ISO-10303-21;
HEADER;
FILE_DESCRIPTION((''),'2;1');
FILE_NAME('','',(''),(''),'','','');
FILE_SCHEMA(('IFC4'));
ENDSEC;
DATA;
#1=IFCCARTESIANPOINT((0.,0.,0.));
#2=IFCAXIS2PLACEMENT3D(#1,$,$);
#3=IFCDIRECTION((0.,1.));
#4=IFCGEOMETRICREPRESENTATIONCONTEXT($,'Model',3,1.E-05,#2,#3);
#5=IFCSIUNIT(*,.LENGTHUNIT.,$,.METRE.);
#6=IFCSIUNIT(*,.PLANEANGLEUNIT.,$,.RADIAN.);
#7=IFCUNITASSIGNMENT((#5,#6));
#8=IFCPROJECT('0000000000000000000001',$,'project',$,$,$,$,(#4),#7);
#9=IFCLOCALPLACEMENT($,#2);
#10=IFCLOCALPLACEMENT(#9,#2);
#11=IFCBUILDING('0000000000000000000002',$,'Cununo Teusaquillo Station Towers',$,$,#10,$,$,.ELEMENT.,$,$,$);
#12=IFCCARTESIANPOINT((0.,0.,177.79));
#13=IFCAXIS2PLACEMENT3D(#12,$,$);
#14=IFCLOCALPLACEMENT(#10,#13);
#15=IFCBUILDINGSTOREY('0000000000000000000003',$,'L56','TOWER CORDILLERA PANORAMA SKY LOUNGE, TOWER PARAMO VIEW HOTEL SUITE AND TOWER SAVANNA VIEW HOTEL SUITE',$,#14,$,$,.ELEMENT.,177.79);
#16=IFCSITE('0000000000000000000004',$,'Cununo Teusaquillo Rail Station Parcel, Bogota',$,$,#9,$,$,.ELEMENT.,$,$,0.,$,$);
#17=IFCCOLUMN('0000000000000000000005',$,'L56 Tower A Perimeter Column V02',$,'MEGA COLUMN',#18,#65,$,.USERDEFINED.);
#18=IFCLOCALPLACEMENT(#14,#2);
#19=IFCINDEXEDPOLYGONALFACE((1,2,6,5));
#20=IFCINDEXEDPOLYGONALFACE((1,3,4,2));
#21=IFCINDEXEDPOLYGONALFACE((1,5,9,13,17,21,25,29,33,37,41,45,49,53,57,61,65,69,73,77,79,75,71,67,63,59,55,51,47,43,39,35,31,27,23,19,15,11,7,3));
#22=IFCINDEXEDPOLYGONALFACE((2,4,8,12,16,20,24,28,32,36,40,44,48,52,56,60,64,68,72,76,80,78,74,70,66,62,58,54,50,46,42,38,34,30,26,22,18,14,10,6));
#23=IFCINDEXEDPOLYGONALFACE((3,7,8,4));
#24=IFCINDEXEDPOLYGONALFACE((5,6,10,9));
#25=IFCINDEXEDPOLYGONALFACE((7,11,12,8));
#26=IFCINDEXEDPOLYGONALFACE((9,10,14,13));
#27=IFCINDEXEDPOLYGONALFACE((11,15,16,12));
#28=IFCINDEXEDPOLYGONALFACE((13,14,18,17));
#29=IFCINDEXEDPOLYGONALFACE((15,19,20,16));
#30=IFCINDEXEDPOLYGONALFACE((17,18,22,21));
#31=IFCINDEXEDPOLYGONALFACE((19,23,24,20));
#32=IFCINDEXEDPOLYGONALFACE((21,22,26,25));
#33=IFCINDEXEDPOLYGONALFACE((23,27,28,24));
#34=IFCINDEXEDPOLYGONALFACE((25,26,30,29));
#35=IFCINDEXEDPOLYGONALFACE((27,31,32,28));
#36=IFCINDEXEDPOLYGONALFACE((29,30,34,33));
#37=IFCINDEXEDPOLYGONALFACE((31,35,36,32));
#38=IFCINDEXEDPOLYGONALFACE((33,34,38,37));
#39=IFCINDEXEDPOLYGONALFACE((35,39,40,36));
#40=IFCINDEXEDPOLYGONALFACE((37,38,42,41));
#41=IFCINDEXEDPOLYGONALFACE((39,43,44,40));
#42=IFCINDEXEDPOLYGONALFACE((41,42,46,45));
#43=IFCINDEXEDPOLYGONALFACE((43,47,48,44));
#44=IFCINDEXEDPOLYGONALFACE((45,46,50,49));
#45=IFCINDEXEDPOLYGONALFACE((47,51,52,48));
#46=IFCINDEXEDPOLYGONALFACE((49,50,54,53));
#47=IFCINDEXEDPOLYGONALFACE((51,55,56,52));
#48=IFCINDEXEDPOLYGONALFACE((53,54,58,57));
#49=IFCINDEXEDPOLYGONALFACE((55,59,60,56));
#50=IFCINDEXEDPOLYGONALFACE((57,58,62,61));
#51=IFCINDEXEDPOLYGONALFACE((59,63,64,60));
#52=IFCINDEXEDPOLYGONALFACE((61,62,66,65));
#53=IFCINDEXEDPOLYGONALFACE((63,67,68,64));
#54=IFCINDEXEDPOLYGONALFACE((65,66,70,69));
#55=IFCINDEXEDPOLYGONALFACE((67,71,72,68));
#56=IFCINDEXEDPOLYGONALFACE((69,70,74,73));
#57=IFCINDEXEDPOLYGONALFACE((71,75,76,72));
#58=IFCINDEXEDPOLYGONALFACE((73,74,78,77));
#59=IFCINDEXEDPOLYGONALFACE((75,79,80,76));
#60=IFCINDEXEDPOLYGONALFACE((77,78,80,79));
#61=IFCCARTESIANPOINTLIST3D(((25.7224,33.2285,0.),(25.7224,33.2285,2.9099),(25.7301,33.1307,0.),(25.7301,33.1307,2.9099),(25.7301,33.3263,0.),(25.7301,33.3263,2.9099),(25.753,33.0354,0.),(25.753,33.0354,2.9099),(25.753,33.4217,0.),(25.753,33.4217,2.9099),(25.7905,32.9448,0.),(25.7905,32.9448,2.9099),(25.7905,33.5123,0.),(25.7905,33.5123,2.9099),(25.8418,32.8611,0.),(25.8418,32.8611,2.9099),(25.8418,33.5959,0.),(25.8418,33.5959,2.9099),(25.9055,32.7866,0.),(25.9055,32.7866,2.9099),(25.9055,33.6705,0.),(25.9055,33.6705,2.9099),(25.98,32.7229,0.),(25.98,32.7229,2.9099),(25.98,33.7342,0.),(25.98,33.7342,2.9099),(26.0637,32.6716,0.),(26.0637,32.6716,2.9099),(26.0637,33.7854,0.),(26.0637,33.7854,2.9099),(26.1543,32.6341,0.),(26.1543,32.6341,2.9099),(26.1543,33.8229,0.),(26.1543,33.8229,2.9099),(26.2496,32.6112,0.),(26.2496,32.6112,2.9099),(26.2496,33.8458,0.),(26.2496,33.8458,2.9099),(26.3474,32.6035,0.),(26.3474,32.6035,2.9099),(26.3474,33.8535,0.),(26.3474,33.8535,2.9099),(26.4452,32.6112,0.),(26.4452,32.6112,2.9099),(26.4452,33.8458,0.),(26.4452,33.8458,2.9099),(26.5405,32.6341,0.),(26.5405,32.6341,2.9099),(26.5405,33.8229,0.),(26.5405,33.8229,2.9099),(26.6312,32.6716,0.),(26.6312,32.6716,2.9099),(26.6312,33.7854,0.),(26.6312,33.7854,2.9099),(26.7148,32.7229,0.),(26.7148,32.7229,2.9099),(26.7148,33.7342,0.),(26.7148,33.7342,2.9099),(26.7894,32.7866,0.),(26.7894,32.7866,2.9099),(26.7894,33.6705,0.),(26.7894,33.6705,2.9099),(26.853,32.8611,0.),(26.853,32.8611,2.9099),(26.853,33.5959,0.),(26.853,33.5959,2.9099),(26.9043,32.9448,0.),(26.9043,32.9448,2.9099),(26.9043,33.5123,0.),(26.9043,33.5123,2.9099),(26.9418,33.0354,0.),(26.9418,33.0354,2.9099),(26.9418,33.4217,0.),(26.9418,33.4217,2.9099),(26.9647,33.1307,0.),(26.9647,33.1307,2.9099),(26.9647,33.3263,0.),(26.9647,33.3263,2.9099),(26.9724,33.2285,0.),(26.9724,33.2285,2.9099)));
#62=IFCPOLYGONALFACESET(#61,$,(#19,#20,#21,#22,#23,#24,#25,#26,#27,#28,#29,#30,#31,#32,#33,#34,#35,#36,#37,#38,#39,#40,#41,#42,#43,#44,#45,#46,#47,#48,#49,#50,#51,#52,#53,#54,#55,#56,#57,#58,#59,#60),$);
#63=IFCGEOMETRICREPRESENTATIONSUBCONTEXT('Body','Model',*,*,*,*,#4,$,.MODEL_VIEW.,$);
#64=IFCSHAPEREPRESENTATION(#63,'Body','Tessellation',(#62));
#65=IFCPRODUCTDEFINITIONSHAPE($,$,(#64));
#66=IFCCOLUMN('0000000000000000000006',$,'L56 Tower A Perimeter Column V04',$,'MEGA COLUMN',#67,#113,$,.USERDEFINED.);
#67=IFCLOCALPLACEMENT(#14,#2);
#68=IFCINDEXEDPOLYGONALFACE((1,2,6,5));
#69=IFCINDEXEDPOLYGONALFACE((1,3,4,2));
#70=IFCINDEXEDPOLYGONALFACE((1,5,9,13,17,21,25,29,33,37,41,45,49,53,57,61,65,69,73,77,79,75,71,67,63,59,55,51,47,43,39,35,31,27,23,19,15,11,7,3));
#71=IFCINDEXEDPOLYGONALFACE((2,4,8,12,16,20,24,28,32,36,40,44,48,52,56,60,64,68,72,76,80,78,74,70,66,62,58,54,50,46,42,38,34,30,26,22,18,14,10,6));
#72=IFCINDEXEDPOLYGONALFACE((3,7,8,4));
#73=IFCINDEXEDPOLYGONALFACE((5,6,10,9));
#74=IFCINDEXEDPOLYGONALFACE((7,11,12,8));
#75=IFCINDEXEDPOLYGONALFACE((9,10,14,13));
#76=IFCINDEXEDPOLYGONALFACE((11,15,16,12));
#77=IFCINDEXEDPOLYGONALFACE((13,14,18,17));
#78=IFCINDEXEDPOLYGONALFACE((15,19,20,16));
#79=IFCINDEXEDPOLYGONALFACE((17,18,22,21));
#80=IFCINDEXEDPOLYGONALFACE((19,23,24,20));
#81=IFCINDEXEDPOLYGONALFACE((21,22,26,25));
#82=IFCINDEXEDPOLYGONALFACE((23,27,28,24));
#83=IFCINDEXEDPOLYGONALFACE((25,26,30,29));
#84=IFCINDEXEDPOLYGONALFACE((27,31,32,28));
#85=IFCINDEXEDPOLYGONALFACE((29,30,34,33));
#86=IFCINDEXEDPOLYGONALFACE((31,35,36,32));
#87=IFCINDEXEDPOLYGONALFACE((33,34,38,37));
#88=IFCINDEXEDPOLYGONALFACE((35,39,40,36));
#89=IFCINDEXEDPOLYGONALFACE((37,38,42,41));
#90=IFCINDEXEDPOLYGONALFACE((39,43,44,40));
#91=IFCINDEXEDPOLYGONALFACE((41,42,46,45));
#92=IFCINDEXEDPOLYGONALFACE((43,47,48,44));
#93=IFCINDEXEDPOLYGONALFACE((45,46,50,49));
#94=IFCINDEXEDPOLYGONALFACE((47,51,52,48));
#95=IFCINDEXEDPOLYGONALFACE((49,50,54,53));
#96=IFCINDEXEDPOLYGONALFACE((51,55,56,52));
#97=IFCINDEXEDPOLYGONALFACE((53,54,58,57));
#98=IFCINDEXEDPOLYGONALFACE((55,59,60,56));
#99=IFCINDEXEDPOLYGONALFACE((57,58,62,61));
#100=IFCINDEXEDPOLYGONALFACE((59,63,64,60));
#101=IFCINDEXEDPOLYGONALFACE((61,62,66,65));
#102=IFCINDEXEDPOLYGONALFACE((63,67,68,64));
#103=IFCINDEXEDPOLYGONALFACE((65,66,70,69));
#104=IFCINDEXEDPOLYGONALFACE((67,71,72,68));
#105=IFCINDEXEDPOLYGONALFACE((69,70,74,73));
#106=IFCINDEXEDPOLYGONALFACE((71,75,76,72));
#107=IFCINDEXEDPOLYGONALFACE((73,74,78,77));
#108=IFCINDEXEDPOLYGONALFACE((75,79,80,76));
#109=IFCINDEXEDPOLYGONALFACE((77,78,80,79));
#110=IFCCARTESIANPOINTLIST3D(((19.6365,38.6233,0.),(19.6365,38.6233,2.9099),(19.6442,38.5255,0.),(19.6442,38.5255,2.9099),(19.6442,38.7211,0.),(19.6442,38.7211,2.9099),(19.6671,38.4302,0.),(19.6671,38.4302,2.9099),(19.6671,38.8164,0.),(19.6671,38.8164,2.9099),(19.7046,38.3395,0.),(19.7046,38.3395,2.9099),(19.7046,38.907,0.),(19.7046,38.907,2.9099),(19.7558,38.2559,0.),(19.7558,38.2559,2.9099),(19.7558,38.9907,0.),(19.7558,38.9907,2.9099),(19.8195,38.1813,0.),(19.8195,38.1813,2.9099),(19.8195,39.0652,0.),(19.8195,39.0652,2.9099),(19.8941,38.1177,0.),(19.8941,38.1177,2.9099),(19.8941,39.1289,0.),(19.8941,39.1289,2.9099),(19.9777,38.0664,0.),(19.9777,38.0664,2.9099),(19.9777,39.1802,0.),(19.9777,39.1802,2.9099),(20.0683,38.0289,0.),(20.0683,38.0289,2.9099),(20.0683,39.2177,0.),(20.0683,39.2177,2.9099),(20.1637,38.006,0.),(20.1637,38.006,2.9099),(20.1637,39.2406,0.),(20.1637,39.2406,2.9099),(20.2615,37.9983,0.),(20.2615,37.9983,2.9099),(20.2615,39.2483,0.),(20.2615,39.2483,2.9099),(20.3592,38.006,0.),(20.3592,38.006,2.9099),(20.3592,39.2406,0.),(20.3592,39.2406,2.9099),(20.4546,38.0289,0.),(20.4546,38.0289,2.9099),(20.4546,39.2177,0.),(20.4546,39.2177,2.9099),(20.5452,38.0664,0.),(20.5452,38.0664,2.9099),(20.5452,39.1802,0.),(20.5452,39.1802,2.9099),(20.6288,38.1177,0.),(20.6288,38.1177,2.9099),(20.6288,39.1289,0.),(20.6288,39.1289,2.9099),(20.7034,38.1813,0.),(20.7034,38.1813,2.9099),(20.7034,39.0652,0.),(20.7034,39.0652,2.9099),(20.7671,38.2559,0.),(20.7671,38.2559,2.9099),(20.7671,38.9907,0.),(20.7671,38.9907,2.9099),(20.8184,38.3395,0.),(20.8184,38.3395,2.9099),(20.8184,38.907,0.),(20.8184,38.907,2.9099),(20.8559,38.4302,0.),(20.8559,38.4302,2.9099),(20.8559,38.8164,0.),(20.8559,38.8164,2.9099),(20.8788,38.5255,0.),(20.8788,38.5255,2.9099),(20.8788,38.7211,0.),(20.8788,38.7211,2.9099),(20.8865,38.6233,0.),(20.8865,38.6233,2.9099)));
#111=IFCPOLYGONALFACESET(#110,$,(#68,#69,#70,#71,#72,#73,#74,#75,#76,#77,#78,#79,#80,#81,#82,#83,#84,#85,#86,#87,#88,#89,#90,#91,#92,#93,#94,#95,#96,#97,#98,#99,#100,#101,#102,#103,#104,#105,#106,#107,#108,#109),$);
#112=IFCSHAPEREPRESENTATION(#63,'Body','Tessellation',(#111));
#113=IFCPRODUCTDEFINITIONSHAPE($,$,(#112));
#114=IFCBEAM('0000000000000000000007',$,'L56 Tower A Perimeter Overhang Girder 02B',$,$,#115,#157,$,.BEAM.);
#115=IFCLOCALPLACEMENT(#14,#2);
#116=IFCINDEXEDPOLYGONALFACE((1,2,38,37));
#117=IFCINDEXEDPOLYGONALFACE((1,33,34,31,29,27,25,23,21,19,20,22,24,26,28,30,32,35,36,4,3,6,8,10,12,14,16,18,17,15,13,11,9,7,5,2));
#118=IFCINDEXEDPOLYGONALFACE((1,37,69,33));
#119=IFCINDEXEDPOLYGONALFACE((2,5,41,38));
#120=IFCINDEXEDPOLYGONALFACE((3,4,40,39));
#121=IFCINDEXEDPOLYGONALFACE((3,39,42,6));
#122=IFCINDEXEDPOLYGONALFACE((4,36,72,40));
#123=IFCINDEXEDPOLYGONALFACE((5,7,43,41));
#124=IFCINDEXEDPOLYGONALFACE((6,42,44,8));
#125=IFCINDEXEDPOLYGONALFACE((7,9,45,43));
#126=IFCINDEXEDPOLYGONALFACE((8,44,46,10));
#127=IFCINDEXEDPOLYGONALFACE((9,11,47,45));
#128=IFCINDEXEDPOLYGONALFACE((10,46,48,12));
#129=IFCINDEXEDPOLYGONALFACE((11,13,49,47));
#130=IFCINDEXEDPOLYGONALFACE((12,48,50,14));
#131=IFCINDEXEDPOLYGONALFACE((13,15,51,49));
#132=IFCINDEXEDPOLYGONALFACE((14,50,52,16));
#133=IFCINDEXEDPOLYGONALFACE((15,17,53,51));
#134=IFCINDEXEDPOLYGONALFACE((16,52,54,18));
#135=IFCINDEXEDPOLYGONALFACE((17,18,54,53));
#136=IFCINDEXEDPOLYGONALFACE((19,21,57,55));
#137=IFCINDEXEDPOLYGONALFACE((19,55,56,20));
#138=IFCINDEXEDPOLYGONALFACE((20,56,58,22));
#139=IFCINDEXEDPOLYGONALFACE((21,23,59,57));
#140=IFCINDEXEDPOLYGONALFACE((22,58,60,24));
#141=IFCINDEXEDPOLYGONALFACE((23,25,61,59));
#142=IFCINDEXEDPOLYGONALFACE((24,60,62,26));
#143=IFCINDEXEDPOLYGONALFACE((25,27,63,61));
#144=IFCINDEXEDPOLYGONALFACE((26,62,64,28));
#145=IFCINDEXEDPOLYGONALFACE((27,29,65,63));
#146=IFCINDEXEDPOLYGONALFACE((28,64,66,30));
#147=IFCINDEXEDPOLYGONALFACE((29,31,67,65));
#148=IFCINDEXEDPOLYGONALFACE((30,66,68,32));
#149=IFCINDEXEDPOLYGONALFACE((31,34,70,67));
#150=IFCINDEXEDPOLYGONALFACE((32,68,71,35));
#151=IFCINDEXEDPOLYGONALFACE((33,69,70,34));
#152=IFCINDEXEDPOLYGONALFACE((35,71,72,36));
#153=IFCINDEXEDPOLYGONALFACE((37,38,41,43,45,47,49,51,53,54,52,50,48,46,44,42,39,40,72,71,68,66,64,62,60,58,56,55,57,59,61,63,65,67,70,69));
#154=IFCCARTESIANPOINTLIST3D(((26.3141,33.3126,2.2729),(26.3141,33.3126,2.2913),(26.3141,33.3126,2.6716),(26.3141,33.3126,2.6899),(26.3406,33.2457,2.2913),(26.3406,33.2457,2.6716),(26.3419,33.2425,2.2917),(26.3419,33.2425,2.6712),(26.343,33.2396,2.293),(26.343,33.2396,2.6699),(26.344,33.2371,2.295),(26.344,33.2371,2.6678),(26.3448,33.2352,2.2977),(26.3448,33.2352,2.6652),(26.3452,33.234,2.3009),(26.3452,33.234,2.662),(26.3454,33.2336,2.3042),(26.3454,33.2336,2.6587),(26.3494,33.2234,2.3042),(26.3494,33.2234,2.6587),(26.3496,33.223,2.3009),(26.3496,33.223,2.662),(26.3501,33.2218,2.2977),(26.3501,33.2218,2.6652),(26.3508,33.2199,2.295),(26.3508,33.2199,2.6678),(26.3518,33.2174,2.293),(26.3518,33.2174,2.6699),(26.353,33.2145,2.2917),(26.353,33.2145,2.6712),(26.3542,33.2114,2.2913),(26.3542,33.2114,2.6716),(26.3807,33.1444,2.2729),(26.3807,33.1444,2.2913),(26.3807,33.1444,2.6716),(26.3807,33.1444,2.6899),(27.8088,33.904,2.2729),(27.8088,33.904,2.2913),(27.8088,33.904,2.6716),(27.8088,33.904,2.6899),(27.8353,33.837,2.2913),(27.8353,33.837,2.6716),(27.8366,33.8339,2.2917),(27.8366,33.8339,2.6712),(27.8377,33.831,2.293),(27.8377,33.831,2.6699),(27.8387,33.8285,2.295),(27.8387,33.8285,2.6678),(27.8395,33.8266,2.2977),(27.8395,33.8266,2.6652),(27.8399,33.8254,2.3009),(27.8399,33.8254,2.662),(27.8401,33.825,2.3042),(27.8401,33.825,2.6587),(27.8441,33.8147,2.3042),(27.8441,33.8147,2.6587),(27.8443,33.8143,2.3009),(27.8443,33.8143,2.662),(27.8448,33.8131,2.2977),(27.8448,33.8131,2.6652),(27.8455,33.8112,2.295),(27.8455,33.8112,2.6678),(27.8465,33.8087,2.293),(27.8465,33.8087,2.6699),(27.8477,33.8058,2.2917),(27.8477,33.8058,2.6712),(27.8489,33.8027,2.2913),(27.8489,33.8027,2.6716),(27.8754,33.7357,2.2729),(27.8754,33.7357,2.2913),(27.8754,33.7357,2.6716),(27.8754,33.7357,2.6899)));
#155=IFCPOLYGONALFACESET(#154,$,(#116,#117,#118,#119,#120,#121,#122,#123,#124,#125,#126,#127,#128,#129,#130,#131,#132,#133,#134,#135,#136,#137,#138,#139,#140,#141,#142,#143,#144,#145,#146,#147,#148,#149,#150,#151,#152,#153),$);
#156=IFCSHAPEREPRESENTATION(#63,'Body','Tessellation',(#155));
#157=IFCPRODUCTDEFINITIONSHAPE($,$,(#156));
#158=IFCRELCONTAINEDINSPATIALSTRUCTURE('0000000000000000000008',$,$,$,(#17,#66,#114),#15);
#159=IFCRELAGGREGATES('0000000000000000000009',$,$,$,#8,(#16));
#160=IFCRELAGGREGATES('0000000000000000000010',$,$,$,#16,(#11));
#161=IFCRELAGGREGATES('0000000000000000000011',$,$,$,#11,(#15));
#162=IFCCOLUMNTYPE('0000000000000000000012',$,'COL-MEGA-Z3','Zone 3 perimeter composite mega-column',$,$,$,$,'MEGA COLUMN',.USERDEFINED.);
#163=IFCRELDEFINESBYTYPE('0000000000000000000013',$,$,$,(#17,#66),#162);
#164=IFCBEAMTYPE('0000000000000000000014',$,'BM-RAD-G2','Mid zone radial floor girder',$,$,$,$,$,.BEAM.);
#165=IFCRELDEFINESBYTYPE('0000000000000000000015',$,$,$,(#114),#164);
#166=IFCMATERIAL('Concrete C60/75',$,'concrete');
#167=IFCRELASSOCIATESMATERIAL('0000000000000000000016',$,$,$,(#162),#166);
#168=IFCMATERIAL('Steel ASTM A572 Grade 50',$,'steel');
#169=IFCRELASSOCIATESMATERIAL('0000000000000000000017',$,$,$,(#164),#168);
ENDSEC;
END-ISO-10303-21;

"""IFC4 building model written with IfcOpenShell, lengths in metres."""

from ifc_helpers import new_model, si_unit, direction, frame, origin, origin_2d, place, context, subcontext, project, spatial, circle, i_section, extrude, material, material_profile, profile_set, type_object, element, save


model = new_model("IFC4")

# Units and contexts
model_context = context("Model", 3, precision=1e-05, world=origin(), true_north=direction((0.0, 1.0)))
body_context = subcontext(model_context, "Body", "Model", "MODEL_VIEW")
ifc_project = project(units=[si_unit("LENGTHUNIT", "METRE"), si_unit("PLANEANGLEUNIT", "RADIAN")], contexts=[model_context])

# Site, building, storey
site_placement = place(None, origin())
site = spatial("IfcSite", under=ifc_project, at=site_placement, Name="Cununo Teusaquillo Rail Station Parcel, Bogota", CompositionType="ELEMENT", RefElevation=0.0)
building_placement = place(site_placement, origin())
building = spatial("IfcBuilding", under=site, at=building_placement, Name="Cununo Teusaquillo Station Towers", CompositionType="ELEMENT")
storey_placement = place(building_placement, frame((0.0, 0.0, 177.79)))
storey = spatial("IfcBuildingStorey", under=building, at=storey_placement, Name="L56", Description="TOWER CORDILLERA PANORAMA SKY LOUNGE, TOWER PARAMO VIEW HOTEL SUITE AND TOWER SAVANNA VIEW HOTEL SUITE", CompositionType="ELEMENT", Elevation=177.79)

# Columns
ifc_material_1 = material(Name="Concrete C60/75", Category="concrete")
ifc_material_profile_1 = material_profile(ifc_material_1, circle(Radius=0.625, at=origin_2d()), Name="RC-CIRC-1250")
ifc_profile_set_1 = profile_set([ifc_material_profile_1], Name="Concrete C60/75")
column_type = type_object("IfcColumnType", Name="COL-MEGA-Z3", Description="Zone 3 perimeter composite mega-column", ElementType="MEGA COLUMN", PredefinedType="USERDEFINED", material=ifc_profile_set_1)
for number, where, z_axis, x_axis, name in (
    (1, (26.3474, 33.2285, 0.0), (0.0, 0.0, 1.0), (1.0, 0.0, 0.0), "L56 Tower A Perimeter Column V02"),
    (2, (20.2615, 38.6233, 0.0), (0.0, 0.0, 1.0), (1.0, 0.0, 0.0), "L56 Tower A Perimeter Column V04"),
):
    element("IfcColumn", number, at=place(storey_placement, frame(where, z_axis=z_axis, x_axis=x_axis)), inside=storey, type_object=column_type, Name=name, ObjectType="MEGA COLUMN", PredefinedType="USERDEFINED", context=body_context, shape_type="SweptSolid", body=[
        extrude(circle(Radius=0.625, at=origin_2d()), origin(), (0.0, 0.0, 1.0), 2.9099),
    ])

# Beam
ifc_material_2 = material(Name="Steel ASTM A572 Grade 50", Category="steel")
ifc_material_profile_2 = material_profile(ifc_material_2, i_section(OverallWidth=0.1809, OverallDepth=0.417, WebThickness=0.011, FlangeThickness=0.0183, FilletRadius=0.0129, at=origin_2d()), Name="W16X57")
ifc_profile_set_2 = profile_set([ifc_material_profile_2], Name="Steel ASTM A572 Grade 50")
beam_type_1 = type_object("IfcBeamType", Name="BM-RAD-G2", Description="Mid zone radial floor girder", PredefinedType="BEAM", material=ifc_profile_set_2)
beam_1_placement = place(storey_placement, frame((26.3474, 33.2285, 2.4814), z_axis=(0.929874, 0.367879, 0.0), x_axis=(-0.367879, 0.929874, 0.0)))
element("IfcBeam", 3, at=beam_1_placement, inside=storey, type_object=beam_type_1, Name="L56 Tower A Perimeter Overhang Girder 02B", PredefinedType="BEAM", context=body_context, shape_type="SweptSolid", body=[
    extrude(i_section(OverallWidth=0.1809, OverallDepth=0.417, WebThickness=0.011, FlangeThickness=0.0183, FilletRadius=0.0129, at=origin_2d()), origin(), (0.0, 0.0, 1.0), 1.6074),
])

save(model, "model.ifc")
